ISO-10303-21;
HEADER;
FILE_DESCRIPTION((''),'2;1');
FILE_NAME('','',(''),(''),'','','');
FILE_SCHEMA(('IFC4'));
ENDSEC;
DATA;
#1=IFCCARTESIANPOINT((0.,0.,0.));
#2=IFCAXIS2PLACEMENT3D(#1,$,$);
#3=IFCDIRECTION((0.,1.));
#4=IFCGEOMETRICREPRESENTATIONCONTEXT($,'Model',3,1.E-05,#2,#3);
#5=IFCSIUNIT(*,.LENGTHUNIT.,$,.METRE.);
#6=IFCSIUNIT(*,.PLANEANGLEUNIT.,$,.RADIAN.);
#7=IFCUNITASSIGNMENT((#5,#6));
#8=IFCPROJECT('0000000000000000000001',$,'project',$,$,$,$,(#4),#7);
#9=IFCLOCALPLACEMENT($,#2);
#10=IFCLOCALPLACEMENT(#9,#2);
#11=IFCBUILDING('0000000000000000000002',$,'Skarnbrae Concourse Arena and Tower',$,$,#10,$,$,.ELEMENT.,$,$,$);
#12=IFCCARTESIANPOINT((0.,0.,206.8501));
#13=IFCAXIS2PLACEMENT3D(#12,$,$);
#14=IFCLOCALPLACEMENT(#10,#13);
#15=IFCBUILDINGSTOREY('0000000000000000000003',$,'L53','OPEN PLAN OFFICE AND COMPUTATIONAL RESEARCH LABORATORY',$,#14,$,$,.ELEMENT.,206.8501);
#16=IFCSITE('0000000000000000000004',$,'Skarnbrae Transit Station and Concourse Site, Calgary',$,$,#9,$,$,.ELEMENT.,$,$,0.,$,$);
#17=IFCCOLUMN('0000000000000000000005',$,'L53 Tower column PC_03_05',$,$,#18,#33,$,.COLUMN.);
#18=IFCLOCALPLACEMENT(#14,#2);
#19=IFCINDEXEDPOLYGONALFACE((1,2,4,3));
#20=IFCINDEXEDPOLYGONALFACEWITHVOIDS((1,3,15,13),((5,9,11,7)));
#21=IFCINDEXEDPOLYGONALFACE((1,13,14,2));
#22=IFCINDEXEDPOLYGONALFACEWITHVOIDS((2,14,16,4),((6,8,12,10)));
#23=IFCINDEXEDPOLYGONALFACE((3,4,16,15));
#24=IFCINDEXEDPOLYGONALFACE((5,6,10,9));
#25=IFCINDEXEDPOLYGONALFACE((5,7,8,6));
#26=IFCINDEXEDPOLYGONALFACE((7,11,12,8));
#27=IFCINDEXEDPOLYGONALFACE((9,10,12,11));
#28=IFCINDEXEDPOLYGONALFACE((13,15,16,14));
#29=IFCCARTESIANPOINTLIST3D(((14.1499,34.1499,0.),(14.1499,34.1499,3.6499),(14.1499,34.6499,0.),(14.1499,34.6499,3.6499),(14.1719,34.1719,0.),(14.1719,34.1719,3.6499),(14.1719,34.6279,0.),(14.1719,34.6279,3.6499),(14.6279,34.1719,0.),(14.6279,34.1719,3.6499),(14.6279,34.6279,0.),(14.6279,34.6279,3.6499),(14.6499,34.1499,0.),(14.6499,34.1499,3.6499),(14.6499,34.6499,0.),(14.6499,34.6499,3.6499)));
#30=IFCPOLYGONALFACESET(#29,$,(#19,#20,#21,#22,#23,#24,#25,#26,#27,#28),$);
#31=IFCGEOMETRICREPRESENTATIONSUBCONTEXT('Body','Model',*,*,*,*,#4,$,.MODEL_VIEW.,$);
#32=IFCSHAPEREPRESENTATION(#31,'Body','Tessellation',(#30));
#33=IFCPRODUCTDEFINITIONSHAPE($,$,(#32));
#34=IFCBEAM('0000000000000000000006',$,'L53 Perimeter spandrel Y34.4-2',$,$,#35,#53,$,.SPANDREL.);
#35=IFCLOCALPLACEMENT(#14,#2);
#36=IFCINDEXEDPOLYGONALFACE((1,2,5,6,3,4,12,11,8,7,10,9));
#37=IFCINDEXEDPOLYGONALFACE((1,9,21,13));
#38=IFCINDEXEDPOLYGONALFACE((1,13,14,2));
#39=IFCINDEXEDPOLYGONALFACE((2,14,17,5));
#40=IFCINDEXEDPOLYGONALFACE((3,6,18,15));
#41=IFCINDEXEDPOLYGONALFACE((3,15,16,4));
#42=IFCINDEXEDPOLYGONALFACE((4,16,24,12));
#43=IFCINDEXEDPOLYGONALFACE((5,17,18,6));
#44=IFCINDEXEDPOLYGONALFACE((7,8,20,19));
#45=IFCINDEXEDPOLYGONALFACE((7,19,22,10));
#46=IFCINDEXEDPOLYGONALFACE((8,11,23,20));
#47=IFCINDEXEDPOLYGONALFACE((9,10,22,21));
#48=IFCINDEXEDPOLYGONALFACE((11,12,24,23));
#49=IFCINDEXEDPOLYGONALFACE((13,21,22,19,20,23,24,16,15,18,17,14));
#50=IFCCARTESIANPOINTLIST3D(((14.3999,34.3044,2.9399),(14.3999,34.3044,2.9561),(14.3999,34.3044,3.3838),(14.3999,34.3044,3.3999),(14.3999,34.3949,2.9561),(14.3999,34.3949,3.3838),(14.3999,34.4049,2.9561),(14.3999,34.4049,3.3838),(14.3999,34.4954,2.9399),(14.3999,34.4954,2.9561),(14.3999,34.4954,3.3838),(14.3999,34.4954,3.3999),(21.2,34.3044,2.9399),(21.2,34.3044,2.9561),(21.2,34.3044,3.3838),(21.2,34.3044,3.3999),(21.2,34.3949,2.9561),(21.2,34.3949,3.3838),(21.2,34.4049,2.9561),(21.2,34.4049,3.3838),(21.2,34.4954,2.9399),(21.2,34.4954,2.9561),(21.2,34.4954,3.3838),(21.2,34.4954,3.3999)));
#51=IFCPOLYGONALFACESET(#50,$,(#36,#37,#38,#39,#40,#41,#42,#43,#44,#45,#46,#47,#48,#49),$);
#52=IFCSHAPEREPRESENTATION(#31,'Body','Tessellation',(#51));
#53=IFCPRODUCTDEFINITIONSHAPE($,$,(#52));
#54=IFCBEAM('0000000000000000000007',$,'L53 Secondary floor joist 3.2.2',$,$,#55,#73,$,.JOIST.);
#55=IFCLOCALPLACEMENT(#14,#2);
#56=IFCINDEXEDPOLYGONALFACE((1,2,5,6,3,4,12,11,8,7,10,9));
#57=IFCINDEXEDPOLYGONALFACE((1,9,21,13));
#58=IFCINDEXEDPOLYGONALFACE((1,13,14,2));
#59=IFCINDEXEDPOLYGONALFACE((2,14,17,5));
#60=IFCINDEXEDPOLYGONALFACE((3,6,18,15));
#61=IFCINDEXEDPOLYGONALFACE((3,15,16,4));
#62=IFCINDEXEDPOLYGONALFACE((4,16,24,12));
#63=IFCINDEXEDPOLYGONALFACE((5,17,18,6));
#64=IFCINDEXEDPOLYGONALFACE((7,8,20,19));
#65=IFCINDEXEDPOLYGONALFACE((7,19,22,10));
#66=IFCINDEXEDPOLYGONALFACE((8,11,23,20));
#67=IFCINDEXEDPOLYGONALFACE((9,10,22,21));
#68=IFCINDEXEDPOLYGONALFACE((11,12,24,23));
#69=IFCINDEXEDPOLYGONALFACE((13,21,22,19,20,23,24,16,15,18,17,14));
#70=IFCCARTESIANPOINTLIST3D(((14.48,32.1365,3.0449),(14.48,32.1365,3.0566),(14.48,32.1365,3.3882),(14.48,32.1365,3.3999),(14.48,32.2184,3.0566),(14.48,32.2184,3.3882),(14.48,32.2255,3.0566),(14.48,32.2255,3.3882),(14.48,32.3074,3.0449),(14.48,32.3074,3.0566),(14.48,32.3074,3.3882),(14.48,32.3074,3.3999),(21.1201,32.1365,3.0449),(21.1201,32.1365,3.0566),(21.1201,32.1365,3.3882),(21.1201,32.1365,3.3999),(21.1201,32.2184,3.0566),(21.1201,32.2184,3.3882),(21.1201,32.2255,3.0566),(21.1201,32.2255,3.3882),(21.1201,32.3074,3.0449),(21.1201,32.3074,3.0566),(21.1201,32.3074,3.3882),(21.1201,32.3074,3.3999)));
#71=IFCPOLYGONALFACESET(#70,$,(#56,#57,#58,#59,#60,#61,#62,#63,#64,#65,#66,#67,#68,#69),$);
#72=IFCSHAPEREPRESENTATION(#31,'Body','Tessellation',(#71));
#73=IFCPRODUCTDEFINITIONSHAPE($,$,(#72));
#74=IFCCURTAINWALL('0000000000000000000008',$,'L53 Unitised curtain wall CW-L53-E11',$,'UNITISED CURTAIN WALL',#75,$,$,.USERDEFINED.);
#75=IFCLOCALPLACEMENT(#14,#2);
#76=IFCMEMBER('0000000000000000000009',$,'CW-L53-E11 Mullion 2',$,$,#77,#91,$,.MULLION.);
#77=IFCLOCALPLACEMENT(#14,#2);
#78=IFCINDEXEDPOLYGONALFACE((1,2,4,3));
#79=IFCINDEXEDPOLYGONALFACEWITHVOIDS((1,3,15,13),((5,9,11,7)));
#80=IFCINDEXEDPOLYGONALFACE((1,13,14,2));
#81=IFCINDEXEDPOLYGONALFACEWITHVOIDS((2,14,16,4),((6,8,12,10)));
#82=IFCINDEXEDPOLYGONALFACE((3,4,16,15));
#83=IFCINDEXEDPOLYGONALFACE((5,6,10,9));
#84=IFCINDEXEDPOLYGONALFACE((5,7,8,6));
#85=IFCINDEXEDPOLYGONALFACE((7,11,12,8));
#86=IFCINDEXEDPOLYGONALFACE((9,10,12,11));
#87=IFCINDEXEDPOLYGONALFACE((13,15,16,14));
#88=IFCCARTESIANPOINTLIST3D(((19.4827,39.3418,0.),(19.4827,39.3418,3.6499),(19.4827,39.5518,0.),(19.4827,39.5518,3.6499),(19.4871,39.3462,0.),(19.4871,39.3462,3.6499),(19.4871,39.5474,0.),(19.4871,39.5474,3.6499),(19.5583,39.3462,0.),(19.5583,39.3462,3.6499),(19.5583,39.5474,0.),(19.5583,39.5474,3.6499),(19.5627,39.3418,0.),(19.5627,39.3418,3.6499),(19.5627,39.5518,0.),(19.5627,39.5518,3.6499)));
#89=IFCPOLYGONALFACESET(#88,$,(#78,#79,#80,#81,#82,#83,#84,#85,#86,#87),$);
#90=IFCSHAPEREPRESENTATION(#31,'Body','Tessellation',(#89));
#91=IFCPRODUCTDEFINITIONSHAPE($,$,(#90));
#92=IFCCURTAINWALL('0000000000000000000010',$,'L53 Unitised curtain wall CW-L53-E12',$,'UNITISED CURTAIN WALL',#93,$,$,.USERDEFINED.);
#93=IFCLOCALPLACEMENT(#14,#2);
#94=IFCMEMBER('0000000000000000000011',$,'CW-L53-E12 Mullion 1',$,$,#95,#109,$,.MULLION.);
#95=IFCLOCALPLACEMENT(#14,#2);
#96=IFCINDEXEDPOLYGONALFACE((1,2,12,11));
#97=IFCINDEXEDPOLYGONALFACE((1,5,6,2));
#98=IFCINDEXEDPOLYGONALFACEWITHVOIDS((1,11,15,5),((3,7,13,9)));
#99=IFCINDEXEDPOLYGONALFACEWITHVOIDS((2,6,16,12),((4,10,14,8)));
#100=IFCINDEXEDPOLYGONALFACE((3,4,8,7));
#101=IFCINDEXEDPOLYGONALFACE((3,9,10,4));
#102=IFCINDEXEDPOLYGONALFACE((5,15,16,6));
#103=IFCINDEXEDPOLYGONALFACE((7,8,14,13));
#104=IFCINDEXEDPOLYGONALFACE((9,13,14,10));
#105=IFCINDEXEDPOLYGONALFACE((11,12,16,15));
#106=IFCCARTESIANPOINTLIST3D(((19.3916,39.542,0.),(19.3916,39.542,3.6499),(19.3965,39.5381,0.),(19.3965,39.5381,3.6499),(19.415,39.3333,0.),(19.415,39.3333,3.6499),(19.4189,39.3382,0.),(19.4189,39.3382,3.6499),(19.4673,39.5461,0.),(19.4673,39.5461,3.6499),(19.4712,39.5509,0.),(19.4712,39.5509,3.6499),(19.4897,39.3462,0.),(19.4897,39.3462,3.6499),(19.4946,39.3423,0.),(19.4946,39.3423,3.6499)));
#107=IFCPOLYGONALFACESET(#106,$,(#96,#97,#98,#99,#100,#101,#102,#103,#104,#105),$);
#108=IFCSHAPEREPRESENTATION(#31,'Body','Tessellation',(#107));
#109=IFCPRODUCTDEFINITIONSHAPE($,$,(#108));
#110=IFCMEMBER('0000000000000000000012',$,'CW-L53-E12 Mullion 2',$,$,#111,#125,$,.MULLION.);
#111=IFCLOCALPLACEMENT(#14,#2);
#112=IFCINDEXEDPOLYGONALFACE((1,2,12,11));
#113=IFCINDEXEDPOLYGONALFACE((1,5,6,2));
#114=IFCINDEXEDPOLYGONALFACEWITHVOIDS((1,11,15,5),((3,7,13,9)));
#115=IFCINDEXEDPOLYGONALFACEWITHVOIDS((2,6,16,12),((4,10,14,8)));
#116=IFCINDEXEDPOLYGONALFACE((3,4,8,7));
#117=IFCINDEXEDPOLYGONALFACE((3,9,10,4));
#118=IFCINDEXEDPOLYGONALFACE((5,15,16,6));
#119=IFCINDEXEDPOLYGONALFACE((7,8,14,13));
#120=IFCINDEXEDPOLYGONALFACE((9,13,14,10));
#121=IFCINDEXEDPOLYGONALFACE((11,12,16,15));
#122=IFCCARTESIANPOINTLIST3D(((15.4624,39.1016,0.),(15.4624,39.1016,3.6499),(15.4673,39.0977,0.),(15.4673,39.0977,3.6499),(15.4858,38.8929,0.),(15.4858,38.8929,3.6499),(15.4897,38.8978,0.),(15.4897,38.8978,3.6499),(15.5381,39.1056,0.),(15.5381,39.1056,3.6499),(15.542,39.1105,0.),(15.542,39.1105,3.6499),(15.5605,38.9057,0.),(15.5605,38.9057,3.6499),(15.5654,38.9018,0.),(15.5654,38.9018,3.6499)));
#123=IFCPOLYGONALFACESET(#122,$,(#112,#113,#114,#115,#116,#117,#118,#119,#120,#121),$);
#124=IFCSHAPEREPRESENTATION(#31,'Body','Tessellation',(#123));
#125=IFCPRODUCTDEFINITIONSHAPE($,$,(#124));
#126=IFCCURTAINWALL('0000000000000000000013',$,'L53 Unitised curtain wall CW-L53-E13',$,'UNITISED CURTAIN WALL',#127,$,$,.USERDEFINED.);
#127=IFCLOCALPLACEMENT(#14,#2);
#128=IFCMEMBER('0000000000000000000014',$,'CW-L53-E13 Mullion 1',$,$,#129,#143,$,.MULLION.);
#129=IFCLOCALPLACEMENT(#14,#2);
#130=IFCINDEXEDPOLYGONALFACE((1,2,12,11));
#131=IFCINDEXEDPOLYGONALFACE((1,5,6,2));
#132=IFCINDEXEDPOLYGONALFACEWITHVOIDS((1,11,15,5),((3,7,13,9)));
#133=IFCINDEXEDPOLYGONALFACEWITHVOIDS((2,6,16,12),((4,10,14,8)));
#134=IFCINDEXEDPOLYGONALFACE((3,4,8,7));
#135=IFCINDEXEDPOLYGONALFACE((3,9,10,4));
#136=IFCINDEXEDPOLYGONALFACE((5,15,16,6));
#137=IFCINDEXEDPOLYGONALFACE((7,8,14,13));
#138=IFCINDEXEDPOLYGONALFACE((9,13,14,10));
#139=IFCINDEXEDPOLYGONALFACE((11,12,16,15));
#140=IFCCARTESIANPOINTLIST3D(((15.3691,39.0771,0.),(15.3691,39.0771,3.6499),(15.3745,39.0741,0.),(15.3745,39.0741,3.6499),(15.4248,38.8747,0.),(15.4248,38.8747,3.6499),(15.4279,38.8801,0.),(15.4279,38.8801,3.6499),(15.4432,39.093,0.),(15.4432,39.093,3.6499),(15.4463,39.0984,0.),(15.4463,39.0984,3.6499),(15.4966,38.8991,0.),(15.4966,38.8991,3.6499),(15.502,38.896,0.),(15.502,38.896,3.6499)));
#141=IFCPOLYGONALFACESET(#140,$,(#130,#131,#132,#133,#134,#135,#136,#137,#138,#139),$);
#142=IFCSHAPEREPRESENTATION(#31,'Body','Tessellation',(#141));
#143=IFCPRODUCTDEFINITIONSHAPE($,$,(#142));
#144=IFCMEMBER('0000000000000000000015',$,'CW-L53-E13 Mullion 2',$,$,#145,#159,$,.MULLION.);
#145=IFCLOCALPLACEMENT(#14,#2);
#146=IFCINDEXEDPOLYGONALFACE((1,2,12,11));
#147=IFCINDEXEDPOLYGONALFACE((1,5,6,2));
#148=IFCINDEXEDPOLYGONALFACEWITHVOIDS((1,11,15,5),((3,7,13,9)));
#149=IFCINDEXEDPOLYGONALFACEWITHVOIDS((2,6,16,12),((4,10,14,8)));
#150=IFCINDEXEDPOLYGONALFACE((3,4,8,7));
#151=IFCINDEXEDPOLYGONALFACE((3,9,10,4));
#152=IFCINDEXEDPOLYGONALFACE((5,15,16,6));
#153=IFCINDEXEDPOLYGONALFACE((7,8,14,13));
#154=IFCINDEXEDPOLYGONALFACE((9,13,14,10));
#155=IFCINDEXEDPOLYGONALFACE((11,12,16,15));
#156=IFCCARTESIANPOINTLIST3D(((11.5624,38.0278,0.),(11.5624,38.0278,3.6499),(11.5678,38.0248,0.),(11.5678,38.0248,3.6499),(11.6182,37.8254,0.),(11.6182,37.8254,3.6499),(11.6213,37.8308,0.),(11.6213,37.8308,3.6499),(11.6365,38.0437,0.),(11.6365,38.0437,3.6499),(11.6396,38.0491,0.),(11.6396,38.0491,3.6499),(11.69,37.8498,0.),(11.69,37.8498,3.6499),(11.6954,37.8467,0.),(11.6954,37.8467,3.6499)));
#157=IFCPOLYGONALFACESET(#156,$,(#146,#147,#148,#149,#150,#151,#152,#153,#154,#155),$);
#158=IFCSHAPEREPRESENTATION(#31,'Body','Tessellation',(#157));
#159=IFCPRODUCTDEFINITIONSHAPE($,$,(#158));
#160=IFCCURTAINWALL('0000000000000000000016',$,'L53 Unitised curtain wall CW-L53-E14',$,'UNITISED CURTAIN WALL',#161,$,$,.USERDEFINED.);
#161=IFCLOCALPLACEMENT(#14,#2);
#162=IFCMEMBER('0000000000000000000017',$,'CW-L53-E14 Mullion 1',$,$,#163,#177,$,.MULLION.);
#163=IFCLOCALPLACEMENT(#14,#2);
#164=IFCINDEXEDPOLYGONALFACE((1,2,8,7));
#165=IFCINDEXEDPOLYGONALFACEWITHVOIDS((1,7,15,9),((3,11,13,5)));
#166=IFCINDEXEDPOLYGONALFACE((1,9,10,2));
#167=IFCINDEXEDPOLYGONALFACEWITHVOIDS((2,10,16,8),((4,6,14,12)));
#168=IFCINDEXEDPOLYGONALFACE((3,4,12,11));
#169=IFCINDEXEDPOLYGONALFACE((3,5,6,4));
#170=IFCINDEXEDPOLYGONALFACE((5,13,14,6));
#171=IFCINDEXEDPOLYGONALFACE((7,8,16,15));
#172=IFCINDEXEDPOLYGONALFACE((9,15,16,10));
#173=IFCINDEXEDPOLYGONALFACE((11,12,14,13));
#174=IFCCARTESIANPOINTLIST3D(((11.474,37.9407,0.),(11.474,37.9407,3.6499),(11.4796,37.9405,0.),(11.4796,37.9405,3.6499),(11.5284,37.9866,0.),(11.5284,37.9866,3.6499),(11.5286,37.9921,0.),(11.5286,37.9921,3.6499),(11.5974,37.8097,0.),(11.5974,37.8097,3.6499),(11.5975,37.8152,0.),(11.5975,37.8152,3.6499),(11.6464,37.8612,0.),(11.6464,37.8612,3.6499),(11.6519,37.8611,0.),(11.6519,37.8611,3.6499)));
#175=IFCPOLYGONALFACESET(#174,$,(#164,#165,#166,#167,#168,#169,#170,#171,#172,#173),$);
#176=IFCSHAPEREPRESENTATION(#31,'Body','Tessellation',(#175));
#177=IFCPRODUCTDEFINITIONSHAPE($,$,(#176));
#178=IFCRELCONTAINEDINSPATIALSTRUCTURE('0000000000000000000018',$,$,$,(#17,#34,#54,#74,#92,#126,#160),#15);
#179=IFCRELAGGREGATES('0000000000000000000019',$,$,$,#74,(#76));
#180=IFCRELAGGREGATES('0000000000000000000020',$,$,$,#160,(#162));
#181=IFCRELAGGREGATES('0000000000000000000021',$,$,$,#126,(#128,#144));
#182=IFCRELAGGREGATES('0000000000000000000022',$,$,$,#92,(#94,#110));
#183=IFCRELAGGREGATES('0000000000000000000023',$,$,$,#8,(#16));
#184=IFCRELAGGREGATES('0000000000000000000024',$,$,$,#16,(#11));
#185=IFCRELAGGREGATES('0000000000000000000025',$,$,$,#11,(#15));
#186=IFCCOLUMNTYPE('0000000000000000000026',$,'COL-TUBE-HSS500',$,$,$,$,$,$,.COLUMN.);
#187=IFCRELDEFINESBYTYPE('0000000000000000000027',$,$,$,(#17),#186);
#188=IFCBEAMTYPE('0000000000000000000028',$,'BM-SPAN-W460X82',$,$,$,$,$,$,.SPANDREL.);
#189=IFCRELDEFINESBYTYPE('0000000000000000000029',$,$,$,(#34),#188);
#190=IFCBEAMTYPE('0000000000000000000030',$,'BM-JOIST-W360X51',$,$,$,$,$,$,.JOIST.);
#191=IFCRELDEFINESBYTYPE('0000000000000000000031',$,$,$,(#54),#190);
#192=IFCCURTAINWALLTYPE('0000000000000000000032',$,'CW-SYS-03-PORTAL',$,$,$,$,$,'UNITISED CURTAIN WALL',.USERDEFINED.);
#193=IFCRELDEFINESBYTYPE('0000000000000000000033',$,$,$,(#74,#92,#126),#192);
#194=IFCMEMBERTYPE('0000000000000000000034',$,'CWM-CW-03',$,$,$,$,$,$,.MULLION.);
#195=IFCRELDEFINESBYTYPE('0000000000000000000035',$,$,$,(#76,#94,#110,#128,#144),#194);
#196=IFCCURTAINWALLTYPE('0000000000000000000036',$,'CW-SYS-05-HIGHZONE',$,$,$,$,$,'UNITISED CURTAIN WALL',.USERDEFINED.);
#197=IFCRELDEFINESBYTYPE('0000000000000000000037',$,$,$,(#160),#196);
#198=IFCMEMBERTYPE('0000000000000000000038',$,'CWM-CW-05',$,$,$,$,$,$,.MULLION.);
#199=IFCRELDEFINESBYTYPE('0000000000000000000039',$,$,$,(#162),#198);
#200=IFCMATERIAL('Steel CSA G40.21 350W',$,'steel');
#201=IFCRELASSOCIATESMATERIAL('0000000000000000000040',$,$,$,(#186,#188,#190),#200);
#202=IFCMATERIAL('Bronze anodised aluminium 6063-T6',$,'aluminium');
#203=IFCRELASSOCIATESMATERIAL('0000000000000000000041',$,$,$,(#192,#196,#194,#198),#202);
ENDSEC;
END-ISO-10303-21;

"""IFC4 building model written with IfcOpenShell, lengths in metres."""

from ifc_helpers import new_model, si_unit, direction, frame, origin, origin_2d, place, context, subcontext, project, spatial, hollow_rectangle, i_section, extrude, source, transform, mapped, material, material_profile, profile_set, type_object, element, aggregate, save


model = new_model("IFC4")

# Units and contexts
model_context = context("Model", 3, precision=1e-05, world=origin(), true_north=direction((0.0, 1.0)))
body_context = subcontext(model_context, "Body", "Model", "MODEL_VIEW")
ifc_project = project(units=[si_unit("LENGTHUNIT", "METRE"), si_unit("PLANEANGLEUNIT", "RADIAN")], contexts=[model_context])

# Site, building, storey
site_placement = place(None, origin())
site = spatial("IfcSite", under=ifc_project, at=site_placement, Name="Skarnbrae Transit Station and Concourse Site, Calgary", CompositionType="ELEMENT", RefElevation=0.0)
building_placement = place(site_placement, origin())
building = spatial("IfcBuilding", under=site, at=building_placement, Name="Skarnbrae Concourse Arena and Tower", CompositionType="ELEMENT")
storey_placement = place(building_placement, frame((0.0, 0.0, 206.8501)))
storey = spatial("IfcBuildingStorey", under=building, at=storey_placement, Name="L53", Description="OPEN PLAN OFFICE AND COMPUTATIONAL RESEARCH LABORATORY", CompositionType="ELEMENT", Elevation=206.8501)

# Column
ifc_material_1 = material(Name="Steel CSA G40.21 350W", Category="steel")
ifc_material_profile_1 = material_profile(ifc_material_1, hollow_rectangle(XDim=0.5, YDim=0.5, WallThickness=0.022, at=origin_2d()), Name="HSS500X500X22.0")
ifc_profile_set_1 = profile_set([ifc_material_profile_1], Name="Steel CSA G40.21 350W")
column_type = type_object("IfcColumnType", Name="COL-TUBE-HSS500", PredefinedType="COLUMN", material=ifc_profile_set_1)
shared_shape_1 = source(origin(), body_context, "Body", "SweptSolid", [
    extrude(hollow_rectangle(XDim=0.5, YDim=0.5, WallThickness=0.022, at=origin_2d()), origin(), (0.0, 0.0, 1.0), 3.6499),
])
column_placement = place(storey_placement, frame((14.3999, 34.3999, 0.0), z_axis=(0.0, 0.0, 1.0), x_axis=(1.0, 0.0, 0.0)))
element("IfcColumn", 1, at=column_placement, inside=storey, type_object=column_type, Name="L53 Tower column PC_03_05", PredefinedType="COLUMN", context=body_context, shape_type="MappedRepresentation", body=[
    mapped(shared_shape_1, transform((0.0, 0.0, 0.0))),
])

# Beams
ifc_material_profile_2 = material_profile(ifc_material_1, i_section(OverallWidth=0.1909, OverallDepth=0.46, WebThickness=0.01, FlangeThickness=0.0161, at=origin_2d()), Name="W460X82")
ifc_profile_set_2 = profile_set([ifc_material_profile_2], Name="Steel CSA G40.21 350W")
beam_type_1 = type_object("IfcBeamType", Name="BM-SPAN-W460X82", PredefinedType="SPANDREL", material=ifc_profile_set_2)
shared_shape_2 = source(origin(), body_context, "Body", "SweptSolid", [
    extrude(i_section(OverallWidth=0.1909, OverallDepth=0.46, WebThickness=0.01, FlangeThickness=0.0161, at=origin_2d()), origin(), (0.0, 0.0, 1.0), 6.8),
])
beam_1_placement = place(storey_placement, frame((14.3999, 34.3999, 3.1699), z_axis=(1.0, 0.0, 0.0), x_axis=(0.0, 1.0, 0.0)))
element("IfcBeam", 2, at=beam_1_placement, inside=storey, type_object=beam_type_1, Name="L53 Perimeter spandrel Y34.4-2", PredefinedType="SPANDREL", context=body_context, shape_type="MappedRepresentation", body=[
    mapped(shared_shape_2, transform((0.0, 0.0, 0.0))),
])
ifc_material_profile_3 = material_profile(ifc_material_1, i_section(OverallWidth=0.1709, OverallDepth=0.355, WebThickness=0.0071, FlangeThickness=0.0117, at=origin_2d()), Name="W360X51")
ifc_profile_set_3 = profile_set([ifc_material_profile_3], Name="Steel CSA G40.21 350W")
beam_type_2 = type_object("IfcBeamType", Name="BM-JOIST-W360X51", PredefinedType="JOIST", material=ifc_profile_set_3)
shared_shape_3 = source(origin(), body_context, "Body", "SweptSolid", [
    extrude(i_section(OverallWidth=0.1709, OverallDepth=0.355, WebThickness=0.0071, FlangeThickness=0.0117, at=origin_2d()), origin(), (0.0, 0.0, 1.0), 6.6401),
])
beam_2_placement = place(storey_placement, frame((14.48, 32.2219, 3.2224), z_axis=(1.0, 0.0, 0.0), x_axis=(0.0, 1.0, 0.0)))
element("IfcBeam", 3, at=beam_2_placement, inside=storey, type_object=beam_type_2, Name="L53 Secondary floor joist 3.2.2", PredefinedType="JOIST", context=body_context, shape_type="MappedRepresentation", body=[
    mapped(shared_shape_3, transform((0.0, 0.0, 0.0))),
])

# Curtain wall, member
ifc_material_2 = material(Name="Bronze anodised aluminium 6063-T6", Category="aluminium")
curtain_wall_type_1 = type_object("IfcCurtainWallType", Name="CW-SYS-03-PORTAL", ElementType="UNITISED CURTAIN WALL", PredefinedType="USERDEFINED", material=ifc_material_2)
curtain_wall_1_placement = place(storey_placement, origin())
curtain_wall_1 = element("IfcCurtainWall", 4, at=curtain_wall_1_placement, inside=storey, type_object=curtain_wall_type_1, Name="L53 Unitised curtain wall CW-L53-E11", ObjectType="UNITISED CURTAIN WALL", PredefinedType="USERDEFINED")
ifc_material_profile_4 = material_profile(ifc_material_2, hollow_rectangle(XDim=0.0801, YDim=0.21, WallThickness=0.0044, at=origin_2d()), Name="ALU-MULL-80X210")
ifc_profile_set_4 = profile_set([ifc_material_profile_4], Name="Bronze anodised aluminium 6063-T6")
member_type_1 = type_object("IfcMemberType", Name="CWM-CW-03", PredefinedType="MULLION", material=ifc_profile_set_4)
shared_shape_4 = source(origin(), body_context, "Body", "SweptSolid", [
    extrude(hollow_rectangle(XDim=0.0801, YDim=0.21, WallThickness=0.0044, at=origin_2d()), origin(), (0.0, 0.0, 1.0), 3.6499),
])
member_1_placement = place(storey_placement, frame((19.5227, 39.4468, 0.0), z_axis=(0.0, 0.0, 1.0), x_axis=(-1.0, 0.0, 0.0)))
member_1 = element("IfcMember", 5, at=member_1_placement, type_object=member_type_1, Name="CW-L53-E11 Mullion 2", PredefinedType="MULLION", context=body_context, shape_type="MappedRepresentation", body=[
    mapped(shared_shape_4, transform((0.0, 0.0, 0.0))),
])
aggregate(curtain_wall_1, [member_1])

# Curtain walls, members
curtain_wall_2_placement = place(storey_placement, origin())
curtain_wall_2 = element("IfcCurtainWall", 6, at=curtain_wall_2_placement, inside=storey, type_object=curtain_wall_type_1, Name="L53 Unitised curtain wall CW-L53-E12", ObjectType="UNITISED CURTAIN WALL", PredefinedType="USERDEFINED")
member_2_placement = place(storey_placement, frame((19.4431, 39.4421, 0.0), z_axis=(0.0, 0.0, 1.0), x_axis=(-0.993769, -0.11146, 0.0)))
member_2 = element("IfcMember", 7, at=member_2_placement, type_object=member_type_1, Name="CW-L53-E12 Mullion 1", PredefinedType="MULLION", context=body_context, shape_type="MappedRepresentation", body=[
    mapped(shared_shape_4, transform((0.0, 0.0, 0.0))),
])
member_3_placement = place(storey_placement, frame((15.5139, 39.0017, 0.0), z_axis=(0.0, 0.0, 1.0), x_axis=(-0.993769, -0.11146, 0.0)))
member_3 = element("IfcMember", 8, at=member_3_placement, type_object=member_type_1, Name="CW-L53-E12 Mullion 2", PredefinedType="MULLION", context=body_context, shape_type="MappedRepresentation", body=[
    mapped(shared_shape_4, transform((0.0, 0.0, 0.0))),
])
curtain_wall_3_placement = place(storey_placement, origin())
curtain_wall_3 = element("IfcCurtainWall", 9, at=curtain_wall_3_placement, inside=storey, type_object=curtain_wall_type_1, Name="L53 Unitised curtain wall CW-L53-E13", ObjectType="UNITISED CURTAIN WALL", PredefinedType="USERDEFINED")
member_4_placement = place(storey_placement, frame((15.4355, 38.9866, 0.0), z_axis=(0.0, 0.0, 1.0), x_axis=(-0.964057, -0.265694, 0.0)))
member_4 = element("IfcMember", 10, at=member_4_placement, type_object=member_type_1, Name="CW-L53-E13 Mullion 1", PredefinedType="MULLION", context=body_context, shape_type="MappedRepresentation", body=[
    mapped(shared_shape_4, transform((0.0, 0.0, 0.0))),
])
member_5_placement = place(storey_placement, frame((11.6289, 37.9373, 0.0), z_axis=(0.0, 0.0, 1.0), x_axis=(-0.964057, -0.265694, 0.0)))
member_5 = element("IfcMember", 11, at=member_5_placement, type_object=member_type_1, Name="CW-L53-E13 Mullion 2", PredefinedType="MULLION", context=body_context, shape_type="MappedRepresentation", body=[
    mapped(shared_shape_4, transform((0.0, 0.0, 0.0))),
])
curtain_wall_type_2 = type_object("IfcCurtainWallType", Name="CW-SYS-05-HIGHZONE", ElementType="UNITISED CURTAIN WALL", PredefinedType="USERDEFINED", material=ifc_material_2)
curtain_wall_4_placement = place(storey_placement, origin())
curtain_wall_4 = element("IfcCurtainWall", 12, at=curtain_wall_4_placement, inside=storey, type_object=curtain_wall_type_2, Name="L53 Unitised curtain wall CW-L53-E14", ObjectType="UNITISED CURTAIN WALL", PredefinedType="USERDEFINED")
ifc_material_profile_5 = material_profile(ifc_material_2, hollow_rectangle(XDim=0.075, YDim=0.1799, WallThickness=0.0039, at=origin_2d()), Name="ALU-MULL-75X180")
ifc_profile_set_5 = profile_set([ifc_material_profile_5], Name="Bronze anodised aluminium 6063-T6")
member_type_2 = type_object("IfcMemberType", Name="CWM-CW-05", PredefinedType="MULLION", material=ifc_profile_set_5)
shared_shape_5 = source(origin(), body_context, "Body", "SweptSolid", [
    extrude(hollow_rectangle(XDim=0.075, YDim=0.1799, WallThickness=0.0039, at=origin_2d()), origin(), (0.0, 0.0, 1.0), 3.6499),
])
member_6_placement = place(storey_placement, frame((11.563, 37.9009, 0.0), z_axis=(0.0, 0.0, 1.0), x_axis=(-0.728131, -0.685438, 0.0)))
member_6 = element("IfcMember", 13, at=member_6_placement, type_object=member_type_2, Name="CW-L53-E14 Mullion 1", PredefinedType="MULLION", context=body_context, shape_type="MappedRepresentation", body=[
    mapped(shared_shape_5, transform((0.0, 0.0, 0.0))),
])
aggregate(curtain_wall_4, [member_6])

aggregate(curtain_wall_3, [member_4, member_5])
aggregate(curtain_wall_2, [member_2, member_3])

save(model, "model.ifc")
